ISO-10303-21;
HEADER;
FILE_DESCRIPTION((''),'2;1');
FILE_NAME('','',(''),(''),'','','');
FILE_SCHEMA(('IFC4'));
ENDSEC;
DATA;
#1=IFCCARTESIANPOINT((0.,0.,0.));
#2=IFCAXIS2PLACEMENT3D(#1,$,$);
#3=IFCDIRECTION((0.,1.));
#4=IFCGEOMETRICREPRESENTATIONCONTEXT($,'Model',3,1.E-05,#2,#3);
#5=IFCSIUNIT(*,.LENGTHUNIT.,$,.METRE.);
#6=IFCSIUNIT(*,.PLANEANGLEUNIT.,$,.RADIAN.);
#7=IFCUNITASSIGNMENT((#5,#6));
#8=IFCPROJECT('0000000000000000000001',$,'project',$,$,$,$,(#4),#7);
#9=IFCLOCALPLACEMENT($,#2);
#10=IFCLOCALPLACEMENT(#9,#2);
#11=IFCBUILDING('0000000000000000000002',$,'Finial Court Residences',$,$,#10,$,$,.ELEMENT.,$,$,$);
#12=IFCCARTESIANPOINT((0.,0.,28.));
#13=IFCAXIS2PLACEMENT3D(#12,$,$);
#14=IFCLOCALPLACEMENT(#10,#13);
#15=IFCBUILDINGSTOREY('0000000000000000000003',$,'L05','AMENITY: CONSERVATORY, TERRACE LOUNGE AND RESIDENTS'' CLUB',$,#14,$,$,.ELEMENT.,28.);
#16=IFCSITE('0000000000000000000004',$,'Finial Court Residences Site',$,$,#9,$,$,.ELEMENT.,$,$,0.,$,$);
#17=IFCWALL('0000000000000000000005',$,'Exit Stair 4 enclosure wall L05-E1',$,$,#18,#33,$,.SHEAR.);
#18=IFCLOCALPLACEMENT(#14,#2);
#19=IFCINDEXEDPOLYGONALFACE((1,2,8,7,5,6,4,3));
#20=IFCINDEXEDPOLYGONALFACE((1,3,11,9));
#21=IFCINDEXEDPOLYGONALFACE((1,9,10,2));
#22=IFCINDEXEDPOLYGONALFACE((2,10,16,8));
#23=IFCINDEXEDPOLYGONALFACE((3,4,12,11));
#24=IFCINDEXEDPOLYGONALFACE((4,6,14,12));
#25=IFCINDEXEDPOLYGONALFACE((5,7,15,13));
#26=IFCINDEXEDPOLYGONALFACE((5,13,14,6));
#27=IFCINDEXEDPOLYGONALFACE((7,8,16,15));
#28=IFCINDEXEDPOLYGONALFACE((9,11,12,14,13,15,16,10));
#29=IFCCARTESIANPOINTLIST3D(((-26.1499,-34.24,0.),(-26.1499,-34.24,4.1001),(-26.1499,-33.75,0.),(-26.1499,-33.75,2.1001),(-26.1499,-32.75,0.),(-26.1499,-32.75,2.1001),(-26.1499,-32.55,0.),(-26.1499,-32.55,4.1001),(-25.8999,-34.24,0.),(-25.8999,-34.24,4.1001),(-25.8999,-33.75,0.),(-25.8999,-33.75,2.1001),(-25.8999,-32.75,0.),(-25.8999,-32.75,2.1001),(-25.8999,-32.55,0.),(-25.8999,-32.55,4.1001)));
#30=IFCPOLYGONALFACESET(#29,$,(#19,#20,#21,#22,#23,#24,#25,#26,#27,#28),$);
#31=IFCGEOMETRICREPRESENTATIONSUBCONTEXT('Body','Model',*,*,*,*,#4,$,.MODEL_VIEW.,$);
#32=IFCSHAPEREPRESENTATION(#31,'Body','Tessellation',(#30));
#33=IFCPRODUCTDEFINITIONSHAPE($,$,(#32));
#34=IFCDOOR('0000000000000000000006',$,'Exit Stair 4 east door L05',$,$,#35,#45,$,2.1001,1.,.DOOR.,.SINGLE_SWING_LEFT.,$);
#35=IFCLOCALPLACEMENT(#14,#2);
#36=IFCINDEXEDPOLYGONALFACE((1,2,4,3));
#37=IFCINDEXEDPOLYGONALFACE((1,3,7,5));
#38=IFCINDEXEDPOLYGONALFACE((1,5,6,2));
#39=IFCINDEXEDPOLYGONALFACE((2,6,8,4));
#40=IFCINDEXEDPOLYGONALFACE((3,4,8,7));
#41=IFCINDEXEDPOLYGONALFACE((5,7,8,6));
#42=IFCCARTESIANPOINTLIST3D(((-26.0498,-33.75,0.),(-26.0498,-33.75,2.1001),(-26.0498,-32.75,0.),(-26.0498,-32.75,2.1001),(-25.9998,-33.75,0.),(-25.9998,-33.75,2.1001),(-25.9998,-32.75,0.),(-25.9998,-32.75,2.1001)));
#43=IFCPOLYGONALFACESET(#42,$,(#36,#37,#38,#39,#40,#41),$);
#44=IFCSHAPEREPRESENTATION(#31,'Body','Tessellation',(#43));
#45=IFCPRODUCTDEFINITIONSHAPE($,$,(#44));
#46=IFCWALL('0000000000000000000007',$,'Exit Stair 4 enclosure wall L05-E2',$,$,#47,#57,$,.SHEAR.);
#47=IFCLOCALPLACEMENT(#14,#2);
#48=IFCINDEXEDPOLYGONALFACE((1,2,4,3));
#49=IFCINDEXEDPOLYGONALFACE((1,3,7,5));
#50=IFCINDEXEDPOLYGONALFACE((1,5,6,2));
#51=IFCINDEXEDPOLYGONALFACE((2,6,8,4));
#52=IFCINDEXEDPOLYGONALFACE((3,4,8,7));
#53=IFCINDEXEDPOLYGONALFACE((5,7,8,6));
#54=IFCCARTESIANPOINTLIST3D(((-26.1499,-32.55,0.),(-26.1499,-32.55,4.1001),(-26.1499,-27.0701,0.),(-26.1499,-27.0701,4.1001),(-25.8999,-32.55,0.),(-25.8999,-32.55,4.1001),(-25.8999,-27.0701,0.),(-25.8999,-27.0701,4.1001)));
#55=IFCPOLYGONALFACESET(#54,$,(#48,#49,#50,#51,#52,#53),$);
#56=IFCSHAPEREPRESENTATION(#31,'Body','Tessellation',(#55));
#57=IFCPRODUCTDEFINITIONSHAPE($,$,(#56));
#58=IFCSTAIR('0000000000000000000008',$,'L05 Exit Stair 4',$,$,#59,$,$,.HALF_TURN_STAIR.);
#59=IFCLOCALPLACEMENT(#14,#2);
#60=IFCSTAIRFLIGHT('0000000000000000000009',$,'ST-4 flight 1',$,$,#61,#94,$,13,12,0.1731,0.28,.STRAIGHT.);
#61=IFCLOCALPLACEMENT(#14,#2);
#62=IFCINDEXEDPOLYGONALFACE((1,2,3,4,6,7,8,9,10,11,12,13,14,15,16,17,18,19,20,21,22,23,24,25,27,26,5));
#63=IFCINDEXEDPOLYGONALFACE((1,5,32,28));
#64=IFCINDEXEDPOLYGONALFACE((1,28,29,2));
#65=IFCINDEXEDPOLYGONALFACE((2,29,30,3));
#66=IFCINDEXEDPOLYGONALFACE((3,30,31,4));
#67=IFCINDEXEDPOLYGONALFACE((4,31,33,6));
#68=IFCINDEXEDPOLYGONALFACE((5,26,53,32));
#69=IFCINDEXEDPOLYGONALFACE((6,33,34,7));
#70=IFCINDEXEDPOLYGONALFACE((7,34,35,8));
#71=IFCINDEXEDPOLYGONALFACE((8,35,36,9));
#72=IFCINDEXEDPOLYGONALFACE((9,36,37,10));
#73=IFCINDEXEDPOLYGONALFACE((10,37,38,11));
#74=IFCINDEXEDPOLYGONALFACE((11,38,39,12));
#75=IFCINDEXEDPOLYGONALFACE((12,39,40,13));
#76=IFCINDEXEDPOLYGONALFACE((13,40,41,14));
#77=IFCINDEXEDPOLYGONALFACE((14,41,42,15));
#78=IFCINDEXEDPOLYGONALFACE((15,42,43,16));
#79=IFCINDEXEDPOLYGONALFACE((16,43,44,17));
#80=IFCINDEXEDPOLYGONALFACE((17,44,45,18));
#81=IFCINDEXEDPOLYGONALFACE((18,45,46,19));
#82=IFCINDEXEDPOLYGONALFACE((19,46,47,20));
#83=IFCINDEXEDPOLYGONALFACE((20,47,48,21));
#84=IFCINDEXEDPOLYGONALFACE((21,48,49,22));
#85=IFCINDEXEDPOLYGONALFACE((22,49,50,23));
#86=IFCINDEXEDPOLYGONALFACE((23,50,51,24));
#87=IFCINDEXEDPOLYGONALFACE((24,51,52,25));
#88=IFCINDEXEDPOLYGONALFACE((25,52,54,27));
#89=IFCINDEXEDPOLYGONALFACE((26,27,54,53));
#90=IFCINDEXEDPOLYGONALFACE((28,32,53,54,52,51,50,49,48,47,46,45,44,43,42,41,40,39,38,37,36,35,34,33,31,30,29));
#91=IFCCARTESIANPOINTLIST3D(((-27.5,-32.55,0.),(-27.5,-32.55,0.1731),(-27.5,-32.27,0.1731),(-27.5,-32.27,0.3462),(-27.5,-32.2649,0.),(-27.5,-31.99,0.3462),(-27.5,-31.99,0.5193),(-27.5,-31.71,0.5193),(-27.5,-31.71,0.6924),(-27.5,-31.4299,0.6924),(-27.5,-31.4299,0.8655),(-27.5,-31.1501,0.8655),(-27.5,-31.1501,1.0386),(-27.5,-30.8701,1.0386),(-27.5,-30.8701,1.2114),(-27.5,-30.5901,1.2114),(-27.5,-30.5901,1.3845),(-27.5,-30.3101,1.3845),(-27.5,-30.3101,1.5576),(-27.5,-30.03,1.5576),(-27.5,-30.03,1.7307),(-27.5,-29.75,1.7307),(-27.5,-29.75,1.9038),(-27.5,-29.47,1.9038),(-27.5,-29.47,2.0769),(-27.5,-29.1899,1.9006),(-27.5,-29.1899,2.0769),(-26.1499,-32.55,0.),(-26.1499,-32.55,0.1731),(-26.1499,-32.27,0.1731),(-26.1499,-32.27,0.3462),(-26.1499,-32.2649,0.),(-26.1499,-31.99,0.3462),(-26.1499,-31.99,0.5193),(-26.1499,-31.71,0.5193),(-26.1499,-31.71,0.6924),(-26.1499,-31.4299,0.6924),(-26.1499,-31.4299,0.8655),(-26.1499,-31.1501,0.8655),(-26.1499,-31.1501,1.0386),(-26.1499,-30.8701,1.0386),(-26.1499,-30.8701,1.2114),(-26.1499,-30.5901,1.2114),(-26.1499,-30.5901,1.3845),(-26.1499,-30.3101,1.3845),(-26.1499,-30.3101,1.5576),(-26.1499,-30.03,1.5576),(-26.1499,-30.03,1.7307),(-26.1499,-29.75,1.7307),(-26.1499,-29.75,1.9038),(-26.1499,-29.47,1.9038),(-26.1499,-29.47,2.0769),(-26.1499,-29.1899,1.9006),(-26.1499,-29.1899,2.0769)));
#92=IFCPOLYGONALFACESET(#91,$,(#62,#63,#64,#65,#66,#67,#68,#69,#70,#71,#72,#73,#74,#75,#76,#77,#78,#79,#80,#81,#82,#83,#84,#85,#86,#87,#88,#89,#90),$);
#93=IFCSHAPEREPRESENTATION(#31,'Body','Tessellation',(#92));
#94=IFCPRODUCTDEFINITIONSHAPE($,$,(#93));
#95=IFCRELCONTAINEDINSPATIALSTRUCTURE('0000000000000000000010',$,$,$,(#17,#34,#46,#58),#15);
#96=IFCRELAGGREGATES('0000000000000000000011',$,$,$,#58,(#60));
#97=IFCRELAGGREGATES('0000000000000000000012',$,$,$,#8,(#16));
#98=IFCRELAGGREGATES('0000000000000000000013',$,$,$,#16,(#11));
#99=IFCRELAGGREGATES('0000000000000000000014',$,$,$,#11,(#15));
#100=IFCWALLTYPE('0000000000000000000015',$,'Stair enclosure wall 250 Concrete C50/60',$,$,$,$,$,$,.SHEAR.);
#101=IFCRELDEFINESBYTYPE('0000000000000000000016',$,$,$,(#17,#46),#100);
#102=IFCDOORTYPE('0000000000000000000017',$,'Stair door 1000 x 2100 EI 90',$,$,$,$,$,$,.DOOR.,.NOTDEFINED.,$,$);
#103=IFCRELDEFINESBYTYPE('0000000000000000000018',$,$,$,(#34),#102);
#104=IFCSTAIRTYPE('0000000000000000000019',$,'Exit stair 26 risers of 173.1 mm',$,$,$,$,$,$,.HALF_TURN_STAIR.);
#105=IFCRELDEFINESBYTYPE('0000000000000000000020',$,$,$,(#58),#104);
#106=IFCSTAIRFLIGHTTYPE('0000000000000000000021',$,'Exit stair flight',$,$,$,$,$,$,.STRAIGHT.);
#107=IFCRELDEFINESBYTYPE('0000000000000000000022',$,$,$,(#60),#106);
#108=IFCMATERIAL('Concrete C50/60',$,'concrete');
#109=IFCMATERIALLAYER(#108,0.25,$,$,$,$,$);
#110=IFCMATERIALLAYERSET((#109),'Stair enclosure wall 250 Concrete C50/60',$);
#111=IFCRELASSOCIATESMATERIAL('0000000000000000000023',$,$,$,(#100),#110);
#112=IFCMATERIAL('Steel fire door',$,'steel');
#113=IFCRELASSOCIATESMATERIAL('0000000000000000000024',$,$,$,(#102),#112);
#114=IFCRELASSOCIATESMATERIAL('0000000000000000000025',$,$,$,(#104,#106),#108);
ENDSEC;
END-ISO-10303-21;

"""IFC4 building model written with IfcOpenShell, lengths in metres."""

from ifc_helpers import new_model, si_unit, direction, frame, frame_2d, origin, place, context, subcontext, project, spatial, polyline, rectangle, outline, extrude, material, layer, layer_set, type_object, element, fill, aggregate, save


model = new_model("IFC4")

# Units and contexts
model_context = context("Model", 3, precision=1e-05, world=origin(), true_north=direction((0.0, 1.0)))
body_context = subcontext(model_context, "Body", "Model", "MODEL_VIEW")
ifc_project = project(units=[si_unit("LENGTHUNIT", "METRE"), si_unit("PLANEANGLEUNIT", "RADIAN")], contexts=[model_context])

# Site, building, storey
site_placement = place(None, origin())
site = spatial("IfcSite", under=ifc_project, at=site_placement, Name="Finial Court Residences Site", CompositionType="ELEMENT", RefElevation=0.0)
building_placement = place(site_placement, origin())
building = spatial("IfcBuilding", under=site, at=building_placement, Name="Finial Court Residences", CompositionType="ELEMENT")
storey_placement = place(building_placement, frame((0.0, 0.0, 28.0)))
storey = spatial("IfcBuildingStorey", under=building, at=storey_placement, Name="L05", Description="AMENITY: CONSERVATORY, TERRACE LOUNGE AND RESIDENTS' CLUB", CompositionType="ELEMENT", Elevation=28.0)

# Shared definitions
ifc_material_1 = material(Name="Concrete C50/60", Category="concrete")

# Shared definitions
ifc_layer_1 = layer(ifc_material_1, 0.25)
ifc_layer_set_1 = layer_set([ifc_layer_1], Name="Stair enclosure wall 250 Concrete C50/60")
wall_type_1 = type_object("IfcWallType", Name="Stair enclosure wall 250 Concrete C50/60", PredefinedType="SHEAR", material=ifc_layer_set_1)

# Wall, opening, door
wall_1_placement = place(storey_placement, frame((-26.0249, -34.24, 0.0), z_axis=(0.0, 0.0, 1.0), x_axis=(0.0, 1.0, 0.0)))
wall_1 = element("IfcWall", 1, at=wall_1_placement, inside=storey, type_object=wall_type_1, Name="Exit Stair 4 enclosure wall L05-E1", PredefinedType="SHEAR", context=body_context, shape_type="SweptSolid", body=[
    extrude(rectangle(XDim=1.6899, YDim=0.25, at=frame_2d((0.845, 0.0))), origin(), (0.0, 0.0, 1.0), 4.1001),
])
opening_1_placement = place(wall_1_placement, frame((0.49, 0.0, 0.0)))
opening_1 = element("IfcOpeningElement", 2, at=opening_1_placement, cuts=wall_1, PredefinedType="OPENING", context=body_context, shape_type="SweptSolid", body=[
    extrude(rectangle(XDim=1.0, YDim=2.1001, at=frame_2d((0.5, 1.05))), frame((0.0, 0.135, 0.0), z_axis=(0.0, -1.0, 0.0), x_axis=(1.0, 0.0, 0.0)), (0.0, 0.0, 1.0), 0.27),
])
ifc_material_2 = material(Name="Steel fire door", Category="steel")
door_type_1 = type_object("IfcDoorType", Name="Stair door 1000 x 2100 EI 90", OperationType="NOTDEFINED", PredefinedType="DOOR", material=ifc_material_2)
door_1_placement = place(opening_1_placement, origin())
door_1 = element("IfcDoor", 3, at=door_1_placement, inside=storey, type_object=door_type_1, Name="Exit Stair 4 east door L05", OperationType="SINGLE_SWING_LEFT", OverallHeight=2.1001, OverallWidth=1.0, PredefinedType="DOOR", context=body_context, shape_type="SweptSolid", body=[
    extrude(rectangle(XDim=1.0, YDim=2.1001, at=frame_2d((0.5, 1.05))), frame((0.0, 0.0249, 0.0), z_axis=(0.0, -1.0, 0.0), x_axis=(1.0, 0.0, 0.0)), (0.0, 0.0, 1.0), 0.05),
])
fill(opening_1, door_1)

# Wall
wall_2_placement = place(storey_placement, frame((-26.0249, -32.55, 0.0), z_axis=(0.0, 0.0, 1.0), x_axis=(0.0, 1.0, 0.0)))
element("IfcWall", 4, at=wall_2_placement, inside=storey, type_object=wall_type_1, Name="Exit Stair 4 enclosure wall L05-E2", PredefinedType="SHEAR", context=body_context, shape_type="SweptSolid", body=[
    extrude(rectangle(XDim=5.48, YDim=0.25, at=frame_2d((2.74, 0.0))), origin(), (0.0, 0.0, 1.0), 4.1001),
])

# Stair, stair flight
stair_type = type_object("IfcStairType", Name="Exit stair 26 risers of 173.1 mm", PredefinedType="HALF_TURN_STAIR", material=ifc_material_1)
stair_placement = place(storey_placement, origin())
stair = element("IfcStair", 5, at=stair_placement, inside=storey, type_object=stair_type, Name="L05 Exit Stair 4", PredefinedType="HALF_TURN_STAIR")
stair_flight_type = type_object("IfcStairFlightType", Name="Exit stair flight", PredefinedType="STRAIGHT", material=ifc_material_1)
stair_flight_placement = place(storey_placement, frame((-26.825, -32.55, 0.0), z_axis=(0.0, 0.0, 1.0), x_axis=(0.0, 1.0, 0.0)))
stair_flight = element("IfcStairFlight", 6, at=stair_flight_placement, type_object=stair_flight_type, Name="ST-4 flight 1", NumberOfRisers=13, NumberOfTreads=12, PredefinedType="STRAIGHT", RiserHeight=0.1731, TreadLength=0.28, context=body_context, shape_type="SweptSolid", body=[
    extrude(outline(polyline([(0.0, 0.0), (0.0, 0.1731), (0.28, 0.1731), (0.28, 0.3462), (0.5601, 0.3462), (0.5601, 0.5193), (0.8401, 0.5193), (0.8401, 0.6924), (1.1201, 0.6924), (1.1201, 0.8655), (1.3999, 0.8655), (1.3999, 1.0386), (1.6799, 1.0386), (1.6799, 1.2114), (1.96, 1.2114), (1.96, 1.3845), (2.24, 1.3845), (2.24, 1.5576), (2.52, 1.5576), (2.52, 1.7307), (2.8, 1.7307), (2.8, 1.9038), (3.0801, 1.9038), (3.0801, 2.0769), (3.3601, 2.0769), (3.3601, 2.25), (3.3601, 1.9006), (0.2852, 0.0), (0.0, 0.0)])), frame((0.0, 0.675, 0.0), z_axis=(0.0, -1.0, 0.0), x_axis=(1.0, 0.0, 0.0)), (0.0, 0.0, 1.0), 1.3501),
])
aggregate(stair, [stair_flight])

save(model, "model.ifc")
